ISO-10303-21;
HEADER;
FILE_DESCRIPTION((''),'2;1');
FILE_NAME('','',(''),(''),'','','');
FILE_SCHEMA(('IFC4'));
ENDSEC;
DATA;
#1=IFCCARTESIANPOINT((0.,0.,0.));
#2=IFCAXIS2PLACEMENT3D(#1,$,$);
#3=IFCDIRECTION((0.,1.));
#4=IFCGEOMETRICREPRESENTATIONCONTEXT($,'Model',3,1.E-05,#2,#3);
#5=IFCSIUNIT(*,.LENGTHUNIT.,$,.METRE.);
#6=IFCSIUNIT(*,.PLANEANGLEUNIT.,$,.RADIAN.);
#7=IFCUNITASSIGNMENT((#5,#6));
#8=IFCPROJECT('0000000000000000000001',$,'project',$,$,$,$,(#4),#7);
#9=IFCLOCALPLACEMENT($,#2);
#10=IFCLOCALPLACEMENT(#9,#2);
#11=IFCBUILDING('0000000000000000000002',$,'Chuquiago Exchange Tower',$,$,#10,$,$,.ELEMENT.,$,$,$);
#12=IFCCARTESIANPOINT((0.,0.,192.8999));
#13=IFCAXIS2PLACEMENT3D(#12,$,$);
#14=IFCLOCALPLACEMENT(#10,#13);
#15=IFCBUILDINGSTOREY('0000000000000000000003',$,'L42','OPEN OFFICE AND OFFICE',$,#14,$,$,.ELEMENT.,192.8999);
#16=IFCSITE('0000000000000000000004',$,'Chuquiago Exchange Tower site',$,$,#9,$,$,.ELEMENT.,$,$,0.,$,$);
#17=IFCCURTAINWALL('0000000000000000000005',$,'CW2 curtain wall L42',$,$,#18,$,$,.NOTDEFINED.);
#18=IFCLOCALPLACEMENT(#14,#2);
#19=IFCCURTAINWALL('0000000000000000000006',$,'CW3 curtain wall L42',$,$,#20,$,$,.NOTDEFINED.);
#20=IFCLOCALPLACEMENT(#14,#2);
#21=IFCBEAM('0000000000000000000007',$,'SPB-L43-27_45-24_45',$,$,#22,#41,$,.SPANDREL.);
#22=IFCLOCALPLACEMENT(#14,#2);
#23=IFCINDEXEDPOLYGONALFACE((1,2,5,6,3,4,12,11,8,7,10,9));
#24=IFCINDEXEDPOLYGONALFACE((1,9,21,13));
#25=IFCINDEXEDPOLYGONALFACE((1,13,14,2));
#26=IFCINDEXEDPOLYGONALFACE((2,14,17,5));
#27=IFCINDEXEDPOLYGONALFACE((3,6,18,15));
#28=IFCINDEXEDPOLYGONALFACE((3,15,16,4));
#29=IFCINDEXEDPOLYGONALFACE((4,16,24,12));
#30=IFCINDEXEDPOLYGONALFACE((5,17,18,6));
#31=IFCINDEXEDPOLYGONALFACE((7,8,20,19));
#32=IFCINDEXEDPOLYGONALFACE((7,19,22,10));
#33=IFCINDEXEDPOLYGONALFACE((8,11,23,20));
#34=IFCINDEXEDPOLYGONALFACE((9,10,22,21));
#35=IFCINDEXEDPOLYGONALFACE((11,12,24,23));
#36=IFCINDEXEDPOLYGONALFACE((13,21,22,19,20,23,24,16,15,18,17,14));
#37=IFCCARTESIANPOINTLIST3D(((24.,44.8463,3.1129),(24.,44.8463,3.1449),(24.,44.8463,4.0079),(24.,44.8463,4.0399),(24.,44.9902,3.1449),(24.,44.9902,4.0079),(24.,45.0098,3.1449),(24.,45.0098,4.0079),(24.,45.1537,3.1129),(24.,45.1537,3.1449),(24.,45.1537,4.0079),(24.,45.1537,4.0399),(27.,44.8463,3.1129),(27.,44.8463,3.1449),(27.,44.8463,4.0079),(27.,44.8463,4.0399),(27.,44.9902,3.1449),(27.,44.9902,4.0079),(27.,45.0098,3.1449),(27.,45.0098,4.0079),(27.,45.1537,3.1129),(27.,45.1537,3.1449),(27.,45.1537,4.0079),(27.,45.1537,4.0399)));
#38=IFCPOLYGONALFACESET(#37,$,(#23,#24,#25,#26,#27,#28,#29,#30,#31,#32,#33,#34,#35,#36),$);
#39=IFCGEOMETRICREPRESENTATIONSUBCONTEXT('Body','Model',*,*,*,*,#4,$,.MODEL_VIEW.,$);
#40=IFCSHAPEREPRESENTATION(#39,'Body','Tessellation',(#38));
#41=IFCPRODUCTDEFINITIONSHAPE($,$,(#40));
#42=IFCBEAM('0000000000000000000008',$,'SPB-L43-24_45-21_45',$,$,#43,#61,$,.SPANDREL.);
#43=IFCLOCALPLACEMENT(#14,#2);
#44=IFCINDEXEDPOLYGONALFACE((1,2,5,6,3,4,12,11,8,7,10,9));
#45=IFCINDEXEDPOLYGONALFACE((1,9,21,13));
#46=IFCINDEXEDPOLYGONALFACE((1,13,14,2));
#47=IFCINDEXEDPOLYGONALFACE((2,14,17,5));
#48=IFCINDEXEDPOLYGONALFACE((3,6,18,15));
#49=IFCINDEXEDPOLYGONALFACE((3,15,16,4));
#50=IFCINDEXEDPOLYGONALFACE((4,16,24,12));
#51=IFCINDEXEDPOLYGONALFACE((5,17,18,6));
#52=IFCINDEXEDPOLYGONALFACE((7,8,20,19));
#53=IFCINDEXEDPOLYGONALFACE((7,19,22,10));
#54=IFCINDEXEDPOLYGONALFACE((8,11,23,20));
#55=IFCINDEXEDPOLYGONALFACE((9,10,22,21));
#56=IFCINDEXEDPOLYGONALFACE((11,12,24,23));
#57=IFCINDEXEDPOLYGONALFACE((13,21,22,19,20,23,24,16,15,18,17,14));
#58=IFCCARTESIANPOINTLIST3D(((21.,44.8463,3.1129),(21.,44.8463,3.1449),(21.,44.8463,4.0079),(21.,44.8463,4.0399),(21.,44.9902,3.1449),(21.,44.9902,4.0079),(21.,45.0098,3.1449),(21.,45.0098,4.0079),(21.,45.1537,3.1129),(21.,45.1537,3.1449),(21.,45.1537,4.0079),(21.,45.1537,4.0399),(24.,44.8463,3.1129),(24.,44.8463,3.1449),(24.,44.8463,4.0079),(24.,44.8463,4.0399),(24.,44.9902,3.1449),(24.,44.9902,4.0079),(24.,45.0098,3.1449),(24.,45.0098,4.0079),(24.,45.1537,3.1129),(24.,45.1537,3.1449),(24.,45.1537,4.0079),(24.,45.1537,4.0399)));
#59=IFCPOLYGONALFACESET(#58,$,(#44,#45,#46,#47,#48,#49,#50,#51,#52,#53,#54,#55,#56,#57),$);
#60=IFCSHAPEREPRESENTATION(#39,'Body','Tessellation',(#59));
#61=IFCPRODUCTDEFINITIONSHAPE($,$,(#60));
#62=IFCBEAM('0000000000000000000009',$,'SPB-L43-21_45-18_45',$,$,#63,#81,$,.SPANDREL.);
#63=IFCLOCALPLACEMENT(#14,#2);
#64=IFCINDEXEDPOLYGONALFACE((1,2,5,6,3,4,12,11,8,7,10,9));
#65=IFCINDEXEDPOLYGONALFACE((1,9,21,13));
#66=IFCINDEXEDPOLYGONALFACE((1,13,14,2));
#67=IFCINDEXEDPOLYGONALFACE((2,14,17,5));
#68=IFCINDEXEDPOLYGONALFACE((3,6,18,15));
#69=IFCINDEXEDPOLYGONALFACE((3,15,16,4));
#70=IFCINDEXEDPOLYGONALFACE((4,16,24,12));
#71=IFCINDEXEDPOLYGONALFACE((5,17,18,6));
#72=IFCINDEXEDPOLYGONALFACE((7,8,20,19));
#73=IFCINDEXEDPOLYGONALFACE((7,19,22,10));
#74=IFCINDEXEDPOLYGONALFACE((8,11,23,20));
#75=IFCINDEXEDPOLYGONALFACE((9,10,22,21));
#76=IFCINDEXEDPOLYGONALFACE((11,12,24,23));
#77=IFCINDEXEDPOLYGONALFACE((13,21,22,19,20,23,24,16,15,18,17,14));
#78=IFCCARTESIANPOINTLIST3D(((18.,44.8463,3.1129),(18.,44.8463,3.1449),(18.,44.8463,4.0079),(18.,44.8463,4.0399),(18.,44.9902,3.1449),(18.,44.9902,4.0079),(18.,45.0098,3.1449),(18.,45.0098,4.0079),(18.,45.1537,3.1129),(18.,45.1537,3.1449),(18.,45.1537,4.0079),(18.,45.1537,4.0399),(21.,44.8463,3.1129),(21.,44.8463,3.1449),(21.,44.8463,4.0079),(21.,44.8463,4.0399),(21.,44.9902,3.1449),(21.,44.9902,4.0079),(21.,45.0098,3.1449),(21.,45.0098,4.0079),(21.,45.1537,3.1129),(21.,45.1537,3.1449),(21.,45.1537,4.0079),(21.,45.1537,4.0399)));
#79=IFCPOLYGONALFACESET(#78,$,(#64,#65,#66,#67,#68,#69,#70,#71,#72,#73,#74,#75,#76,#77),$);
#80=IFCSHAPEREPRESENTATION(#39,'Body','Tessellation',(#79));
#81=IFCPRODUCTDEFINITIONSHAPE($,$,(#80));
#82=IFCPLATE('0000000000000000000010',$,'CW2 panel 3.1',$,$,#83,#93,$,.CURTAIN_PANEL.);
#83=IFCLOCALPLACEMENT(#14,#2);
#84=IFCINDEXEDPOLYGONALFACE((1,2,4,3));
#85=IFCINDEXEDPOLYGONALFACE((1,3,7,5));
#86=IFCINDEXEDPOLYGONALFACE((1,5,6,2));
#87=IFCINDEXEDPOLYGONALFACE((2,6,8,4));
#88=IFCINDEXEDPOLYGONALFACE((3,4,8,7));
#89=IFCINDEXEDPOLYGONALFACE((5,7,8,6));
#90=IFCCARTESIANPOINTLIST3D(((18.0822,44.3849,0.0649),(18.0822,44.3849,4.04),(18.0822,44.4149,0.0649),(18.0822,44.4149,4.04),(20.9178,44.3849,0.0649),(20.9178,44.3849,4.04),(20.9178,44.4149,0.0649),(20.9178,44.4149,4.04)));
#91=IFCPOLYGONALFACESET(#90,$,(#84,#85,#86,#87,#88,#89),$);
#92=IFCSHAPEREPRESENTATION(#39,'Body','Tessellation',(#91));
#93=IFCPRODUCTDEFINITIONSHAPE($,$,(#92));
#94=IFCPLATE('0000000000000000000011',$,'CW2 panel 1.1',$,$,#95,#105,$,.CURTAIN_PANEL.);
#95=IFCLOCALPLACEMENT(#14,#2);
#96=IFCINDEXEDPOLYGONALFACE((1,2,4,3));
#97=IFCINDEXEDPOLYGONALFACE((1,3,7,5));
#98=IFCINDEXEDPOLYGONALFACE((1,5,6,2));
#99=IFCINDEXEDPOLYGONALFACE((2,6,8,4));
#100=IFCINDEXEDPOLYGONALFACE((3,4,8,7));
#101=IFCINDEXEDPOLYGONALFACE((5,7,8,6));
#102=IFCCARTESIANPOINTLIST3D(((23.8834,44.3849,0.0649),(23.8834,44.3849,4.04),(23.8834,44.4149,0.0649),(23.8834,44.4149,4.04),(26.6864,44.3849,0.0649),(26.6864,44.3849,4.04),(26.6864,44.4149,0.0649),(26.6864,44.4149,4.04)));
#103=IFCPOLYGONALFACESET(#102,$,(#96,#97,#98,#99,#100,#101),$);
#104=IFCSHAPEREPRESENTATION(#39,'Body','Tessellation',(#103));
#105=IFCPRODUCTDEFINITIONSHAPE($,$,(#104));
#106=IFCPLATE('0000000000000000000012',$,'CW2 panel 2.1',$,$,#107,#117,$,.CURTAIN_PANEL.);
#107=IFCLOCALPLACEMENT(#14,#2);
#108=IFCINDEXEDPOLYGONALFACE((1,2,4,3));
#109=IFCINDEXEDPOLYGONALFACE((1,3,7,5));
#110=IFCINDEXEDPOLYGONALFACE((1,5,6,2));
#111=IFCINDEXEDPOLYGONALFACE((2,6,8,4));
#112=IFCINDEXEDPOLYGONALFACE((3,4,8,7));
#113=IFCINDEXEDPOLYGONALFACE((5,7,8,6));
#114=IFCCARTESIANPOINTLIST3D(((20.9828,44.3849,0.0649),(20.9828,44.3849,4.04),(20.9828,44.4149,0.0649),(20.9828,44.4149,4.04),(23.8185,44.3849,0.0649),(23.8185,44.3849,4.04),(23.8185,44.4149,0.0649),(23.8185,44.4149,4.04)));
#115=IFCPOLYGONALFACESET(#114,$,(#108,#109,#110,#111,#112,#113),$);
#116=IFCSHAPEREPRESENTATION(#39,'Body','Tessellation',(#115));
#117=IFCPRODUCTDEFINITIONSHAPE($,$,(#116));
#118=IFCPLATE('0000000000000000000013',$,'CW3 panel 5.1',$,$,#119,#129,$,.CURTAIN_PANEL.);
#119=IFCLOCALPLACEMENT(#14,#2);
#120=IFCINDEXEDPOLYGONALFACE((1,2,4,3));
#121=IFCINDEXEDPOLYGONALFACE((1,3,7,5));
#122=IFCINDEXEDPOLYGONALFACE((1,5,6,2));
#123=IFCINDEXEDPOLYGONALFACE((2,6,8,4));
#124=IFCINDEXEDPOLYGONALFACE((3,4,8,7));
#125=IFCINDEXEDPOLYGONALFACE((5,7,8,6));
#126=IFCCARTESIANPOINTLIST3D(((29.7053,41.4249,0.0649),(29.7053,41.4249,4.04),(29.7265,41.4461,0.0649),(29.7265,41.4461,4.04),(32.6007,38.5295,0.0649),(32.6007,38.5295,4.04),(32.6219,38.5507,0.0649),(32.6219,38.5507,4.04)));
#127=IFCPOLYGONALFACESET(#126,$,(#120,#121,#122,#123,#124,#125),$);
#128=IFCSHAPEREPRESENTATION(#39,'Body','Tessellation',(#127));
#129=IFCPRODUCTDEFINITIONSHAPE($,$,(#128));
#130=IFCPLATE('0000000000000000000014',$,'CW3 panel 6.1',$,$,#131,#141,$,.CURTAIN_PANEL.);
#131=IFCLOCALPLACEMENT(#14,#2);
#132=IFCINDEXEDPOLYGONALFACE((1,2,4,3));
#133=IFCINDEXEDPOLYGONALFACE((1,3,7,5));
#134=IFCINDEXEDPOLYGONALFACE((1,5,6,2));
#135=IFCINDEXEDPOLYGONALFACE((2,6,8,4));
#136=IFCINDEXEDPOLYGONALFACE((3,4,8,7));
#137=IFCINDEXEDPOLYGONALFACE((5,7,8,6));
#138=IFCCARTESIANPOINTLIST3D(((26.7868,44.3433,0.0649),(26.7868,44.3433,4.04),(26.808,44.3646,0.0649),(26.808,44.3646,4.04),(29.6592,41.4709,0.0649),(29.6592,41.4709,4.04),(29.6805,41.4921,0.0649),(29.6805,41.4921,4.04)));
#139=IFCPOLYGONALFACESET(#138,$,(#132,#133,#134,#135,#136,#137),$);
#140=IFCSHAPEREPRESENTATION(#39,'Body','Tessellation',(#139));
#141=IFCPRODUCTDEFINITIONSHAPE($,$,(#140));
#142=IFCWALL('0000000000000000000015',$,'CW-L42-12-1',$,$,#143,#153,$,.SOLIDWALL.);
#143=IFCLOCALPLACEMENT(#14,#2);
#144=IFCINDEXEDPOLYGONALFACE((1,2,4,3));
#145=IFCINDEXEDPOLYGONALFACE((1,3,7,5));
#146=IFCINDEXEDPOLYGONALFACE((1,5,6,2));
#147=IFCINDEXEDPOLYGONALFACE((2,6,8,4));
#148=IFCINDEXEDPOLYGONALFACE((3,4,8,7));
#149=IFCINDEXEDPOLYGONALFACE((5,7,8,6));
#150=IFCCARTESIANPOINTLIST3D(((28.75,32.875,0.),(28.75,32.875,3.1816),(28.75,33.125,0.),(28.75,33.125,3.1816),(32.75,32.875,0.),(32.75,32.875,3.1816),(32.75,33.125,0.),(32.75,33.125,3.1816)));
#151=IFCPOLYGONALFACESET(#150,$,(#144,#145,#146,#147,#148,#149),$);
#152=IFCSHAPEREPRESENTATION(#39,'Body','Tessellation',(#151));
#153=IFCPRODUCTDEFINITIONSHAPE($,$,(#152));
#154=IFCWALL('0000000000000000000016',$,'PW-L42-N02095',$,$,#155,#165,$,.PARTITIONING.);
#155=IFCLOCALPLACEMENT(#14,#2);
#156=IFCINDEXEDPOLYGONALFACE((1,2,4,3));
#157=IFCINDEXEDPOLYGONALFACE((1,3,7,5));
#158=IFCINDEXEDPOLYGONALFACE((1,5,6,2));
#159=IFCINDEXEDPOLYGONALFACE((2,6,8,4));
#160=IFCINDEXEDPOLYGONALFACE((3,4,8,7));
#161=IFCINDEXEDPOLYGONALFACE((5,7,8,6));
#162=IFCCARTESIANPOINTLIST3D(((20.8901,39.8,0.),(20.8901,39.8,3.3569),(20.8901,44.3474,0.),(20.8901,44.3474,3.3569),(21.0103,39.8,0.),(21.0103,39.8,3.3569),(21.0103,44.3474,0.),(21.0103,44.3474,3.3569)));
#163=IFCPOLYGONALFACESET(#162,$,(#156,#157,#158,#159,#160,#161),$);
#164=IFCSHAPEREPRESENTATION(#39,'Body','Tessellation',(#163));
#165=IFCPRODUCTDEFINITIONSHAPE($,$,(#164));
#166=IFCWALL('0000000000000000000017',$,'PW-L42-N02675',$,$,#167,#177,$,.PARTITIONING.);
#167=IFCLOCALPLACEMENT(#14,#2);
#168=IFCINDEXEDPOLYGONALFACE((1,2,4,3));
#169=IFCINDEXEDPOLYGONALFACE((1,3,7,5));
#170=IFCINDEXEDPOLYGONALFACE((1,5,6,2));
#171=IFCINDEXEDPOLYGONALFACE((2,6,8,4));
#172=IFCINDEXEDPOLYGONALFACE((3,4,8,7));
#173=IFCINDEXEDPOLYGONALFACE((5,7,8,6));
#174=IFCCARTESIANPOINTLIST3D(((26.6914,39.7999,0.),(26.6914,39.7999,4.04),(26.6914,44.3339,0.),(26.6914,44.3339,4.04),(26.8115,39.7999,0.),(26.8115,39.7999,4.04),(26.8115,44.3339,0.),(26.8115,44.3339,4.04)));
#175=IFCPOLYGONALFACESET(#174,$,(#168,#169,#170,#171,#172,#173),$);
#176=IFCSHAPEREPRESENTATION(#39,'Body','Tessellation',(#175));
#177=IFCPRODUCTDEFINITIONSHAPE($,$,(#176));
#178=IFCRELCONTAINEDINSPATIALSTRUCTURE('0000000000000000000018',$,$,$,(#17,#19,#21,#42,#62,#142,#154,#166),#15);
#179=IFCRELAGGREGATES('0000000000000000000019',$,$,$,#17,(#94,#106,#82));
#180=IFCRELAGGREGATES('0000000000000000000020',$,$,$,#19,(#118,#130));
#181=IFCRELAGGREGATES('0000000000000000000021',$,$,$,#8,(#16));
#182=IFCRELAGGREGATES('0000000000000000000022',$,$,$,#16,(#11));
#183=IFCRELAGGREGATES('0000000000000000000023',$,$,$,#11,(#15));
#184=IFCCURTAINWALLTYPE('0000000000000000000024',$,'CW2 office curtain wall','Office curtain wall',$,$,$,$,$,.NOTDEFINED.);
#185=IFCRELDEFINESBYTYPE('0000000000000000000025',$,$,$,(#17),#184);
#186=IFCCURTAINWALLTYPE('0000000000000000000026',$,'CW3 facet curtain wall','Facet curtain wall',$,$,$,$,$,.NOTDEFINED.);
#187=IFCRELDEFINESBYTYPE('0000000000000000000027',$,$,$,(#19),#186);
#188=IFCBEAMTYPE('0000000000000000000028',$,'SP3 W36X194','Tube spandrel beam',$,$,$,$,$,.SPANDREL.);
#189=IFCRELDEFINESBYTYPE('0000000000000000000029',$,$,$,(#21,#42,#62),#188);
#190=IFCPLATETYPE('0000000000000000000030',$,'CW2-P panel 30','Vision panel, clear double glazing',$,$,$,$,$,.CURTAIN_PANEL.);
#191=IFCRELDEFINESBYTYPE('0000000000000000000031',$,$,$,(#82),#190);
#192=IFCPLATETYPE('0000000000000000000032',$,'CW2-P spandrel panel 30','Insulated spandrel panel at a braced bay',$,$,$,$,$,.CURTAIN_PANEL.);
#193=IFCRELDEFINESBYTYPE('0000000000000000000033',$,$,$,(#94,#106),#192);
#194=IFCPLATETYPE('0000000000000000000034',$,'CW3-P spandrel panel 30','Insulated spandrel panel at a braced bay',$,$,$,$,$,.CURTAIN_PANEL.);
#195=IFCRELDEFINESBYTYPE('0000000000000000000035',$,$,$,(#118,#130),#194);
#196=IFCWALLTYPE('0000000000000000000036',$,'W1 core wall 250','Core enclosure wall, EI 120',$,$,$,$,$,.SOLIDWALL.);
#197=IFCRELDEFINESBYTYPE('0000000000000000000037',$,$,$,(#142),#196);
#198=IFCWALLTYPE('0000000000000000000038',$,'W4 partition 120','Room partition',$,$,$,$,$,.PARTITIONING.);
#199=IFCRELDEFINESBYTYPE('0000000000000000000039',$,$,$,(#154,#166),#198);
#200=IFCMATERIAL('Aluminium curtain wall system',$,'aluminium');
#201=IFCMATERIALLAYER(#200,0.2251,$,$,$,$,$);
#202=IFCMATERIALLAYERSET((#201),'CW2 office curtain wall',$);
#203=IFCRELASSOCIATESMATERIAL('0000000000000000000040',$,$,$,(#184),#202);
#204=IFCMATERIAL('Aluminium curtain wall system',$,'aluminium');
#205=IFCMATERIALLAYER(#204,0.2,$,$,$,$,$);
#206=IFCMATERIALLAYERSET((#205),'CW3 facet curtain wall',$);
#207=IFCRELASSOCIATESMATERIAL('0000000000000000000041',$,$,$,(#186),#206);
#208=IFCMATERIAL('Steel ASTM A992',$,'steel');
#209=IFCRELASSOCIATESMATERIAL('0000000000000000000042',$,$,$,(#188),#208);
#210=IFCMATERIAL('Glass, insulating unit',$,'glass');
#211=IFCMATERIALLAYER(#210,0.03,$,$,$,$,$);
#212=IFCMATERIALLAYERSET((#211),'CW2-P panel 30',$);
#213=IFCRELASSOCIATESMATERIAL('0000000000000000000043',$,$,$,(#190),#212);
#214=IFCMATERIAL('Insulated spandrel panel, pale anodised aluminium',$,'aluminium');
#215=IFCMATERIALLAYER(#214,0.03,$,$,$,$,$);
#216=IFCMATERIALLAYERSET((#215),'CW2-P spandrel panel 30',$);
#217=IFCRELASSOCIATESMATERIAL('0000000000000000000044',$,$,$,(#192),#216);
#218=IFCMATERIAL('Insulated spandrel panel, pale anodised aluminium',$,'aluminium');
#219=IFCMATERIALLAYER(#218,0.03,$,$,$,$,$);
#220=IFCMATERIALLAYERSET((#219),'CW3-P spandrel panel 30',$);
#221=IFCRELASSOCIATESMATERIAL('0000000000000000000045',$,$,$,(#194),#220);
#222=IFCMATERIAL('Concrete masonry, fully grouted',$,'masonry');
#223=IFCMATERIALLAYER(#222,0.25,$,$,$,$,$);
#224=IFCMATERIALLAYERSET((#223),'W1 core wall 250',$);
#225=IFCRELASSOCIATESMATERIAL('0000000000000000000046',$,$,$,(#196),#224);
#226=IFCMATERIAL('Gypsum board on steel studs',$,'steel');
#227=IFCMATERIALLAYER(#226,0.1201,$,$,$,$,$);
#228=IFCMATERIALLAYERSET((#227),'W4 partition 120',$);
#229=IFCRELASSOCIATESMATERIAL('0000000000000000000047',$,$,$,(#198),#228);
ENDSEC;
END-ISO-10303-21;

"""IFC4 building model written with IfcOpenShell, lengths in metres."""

from ifc_helpers import new_model, si_unit, direction, frame, frame_2d, origin, origin_2d, place, context, subcontext, project, spatial, rectangle, i_section, extrude, material, layer, layer_set, material_profile, profile_set, type_object, element, aggregate, save


model = new_model("IFC4")

# Units and contexts
model_context = context("Model", 3, precision=1e-05, world=origin(), true_north=direction((0.0, 1.0)))
body_context = subcontext(model_context, "Body", "Model", "MODEL_VIEW")
ifc_project = project(units=[si_unit("LENGTHUNIT", "METRE"), si_unit("PLANEANGLEUNIT", "RADIAN")], contexts=[model_context])

# Site, building, storey
site_placement = place(None, origin())
site = spatial("IfcSite", under=ifc_project, at=site_placement, Name="Chuquiago Exchange Tower site", CompositionType="ELEMENT", RefElevation=0.0)
building_placement = place(site_placement, origin())
building = spatial("IfcBuilding", under=site, at=building_placement, Name="Chuquiago Exchange Tower", CompositionType="ELEMENT")
storey_placement = place(building_placement, frame((0.0, 0.0, 192.8999)))
storey = spatial("IfcBuildingStorey", under=building, at=storey_placement, Name="L42", Description="OPEN OFFICE AND OFFICE", CompositionType="ELEMENT", Elevation=192.8999)

# Curtain walls
ifc_material_1 = material(Name="Aluminium curtain wall system", Category="aluminium")
ifc_layer_1 = layer(ifc_material_1, 0.2251)
ifc_layer_set_1 = layer_set([ifc_layer_1], Name="CW2 office curtain wall")
curtain_wall_type_1 = type_object("IfcCurtainWallType", Name="CW2 office curtain wall", Description="Office curtain wall", PredefinedType="NOTDEFINED", material=ifc_layer_set_1)
curtain_wall_1_placement = place(storey_placement, origin())
curtain_wall_1 = element("IfcCurtainWall", 1, at=curtain_wall_1_placement, inside=storey, type_object=curtain_wall_type_1, Name="CW2 curtain wall L42", PredefinedType="NOTDEFINED")
ifc_material_2 = material(Name="Aluminium curtain wall system", Category="aluminium")
ifc_layer_2 = layer(ifc_material_2, 0.2)
ifc_layer_set_2 = layer_set([ifc_layer_2], Name="CW3 facet curtain wall")
curtain_wall_type_2 = type_object("IfcCurtainWallType", Name="CW3 facet curtain wall", Description="Facet curtain wall", PredefinedType="NOTDEFINED", material=ifc_layer_set_2)
curtain_wall_2_placement = place(storey_placement, origin())
curtain_wall_2 = element("IfcCurtainWall", 2, at=curtain_wall_2_placement, inside=storey, type_object=curtain_wall_type_2, Name="CW3 curtain wall L42", PredefinedType="NOTDEFINED")

# Beams
ifc_material_3 = material(Name="Steel ASTM A992", Category="steel")
ifc_material_profile_1 = material_profile(ifc_material_3, i_section(OverallWidth=0.3074, OverallDepth=0.927, WebThickness=0.0195, FlangeThickness=0.032, at=origin_2d()), Name="W36X194")
ifc_profile_set_1 = profile_set([ifc_material_profile_1], Name="Steel ASTM A992")
beam_type_1 = type_object("IfcBeamType", Name="SP3 W36X194", Description="Tube spandrel beam", PredefinedType="SPANDREL", material=ifc_profile_set_1)
for number, where, z_axis, x_axis, name in (
    (3, (27.0, 45.0, 3.5764), (-1.0, 0.0, 0.0), (0.0, -1.0, 0.0), "SPB-L43-27_45-24_45"),
    (4, (24.0, 45.0, 3.5764), (-1.0, 0.0, 0.0), (0.0, -1.0, 0.0), "SPB-L43-24_45-21_45"),
    (5, (21.0, 45.0, 3.5764), (-1.0, 0.0, 0.0), (0.0, -1.0, 0.0), "SPB-L43-21_45-18_45"),
):
    element("IfcBeam", number, at=place(storey_placement, frame(where, z_axis=z_axis, x_axis=x_axis)), inside=storey, type_object=beam_type_1, Name=name, PredefinedType="SPANDREL", context=body_context, shape_type="SweptSolid", body=[
        extrude(i_section(OverallWidth=0.3074, OverallDepth=0.927, WebThickness=0.0195, FlangeThickness=0.032, at=origin_2d()), origin(), (0.0, 0.0, 1.0), 3.0),
    ])

# Plates
ifc_material_4 = material(Name="Glass, insulating unit", Category="glass")
ifc_layer_3 = layer(ifc_material_4, 0.03)
ifc_layer_set_3 = layer_set([ifc_layer_3], Name="CW2-P panel 30")
plate_type_1 = type_object("IfcPlateType", Name="CW2-P panel 30", Description="Vision panel, clear double glazing", PredefinedType="CURTAIN_PANEL", material=ifc_layer_set_3)
plate_1_placement = place(storey_placement, frame((19.5, 44.3999, 0.0649), z_axis=(0.0, 0.0, 1.0), x_axis=(-1.0, 0.0, 0.0)))
plate_1 = element("IfcPlate", 6, at=plate_1_placement, type_object=plate_type_1, Name="CW2 panel 3.1", PredefinedType="CURTAIN_PANEL", context=body_context, shape_type="SweptSolid", body=[
    extrude(rectangle(XDim=2.8357, YDim=0.03, at=origin_2d()), origin(), (0.0, 0.0, 1.0), 3.9751),
])
ifc_material_5 = material(Name="Insulated spandrel panel, pale anodised aluminium", Category="aluminium")
ifc_layer_4 = layer(ifc_material_5, 0.03)
ifc_layer_set_4 = layer_set([ifc_layer_4], Name="CW2-P spandrel panel 30")
plate_type_2 = type_object("IfcPlateType", Name="CW2-P spandrel panel 30", Description="Insulated spandrel panel at a braced bay", PredefinedType="CURTAIN_PANEL", material=ifc_layer_set_4)
plate_2_placement = place(storey_placement, frame((25.2849, 44.3999, 0.0649), z_axis=(0.0, 0.0, 1.0), x_axis=(-1.0, 0.0, 0.0)))
plate_2 = element("IfcPlate", 7, at=plate_2_placement, type_object=plate_type_2, Name="CW2 panel 1.1", PredefinedType="CURTAIN_PANEL", context=body_context, shape_type="SweptSolid", body=[
    extrude(rectangle(XDim=2.803, YDim=0.03, at=origin_2d()), origin(), (0.0, 0.0, 1.0), 3.9751),
])
plate_3_placement = place(storey_placement, frame((22.4006, 44.3999, 0.0649), z_axis=(0.0, 0.0, 1.0), x_axis=(-1.0, 0.0, 0.0)))
plate_3 = element("IfcPlate", 8, at=plate_3_placement, type_object=plate_type_2, Name="CW2 panel 2.1", PredefinedType="CURTAIN_PANEL", context=body_context, shape_type="SweptSolid", body=[
    extrude(rectangle(XDim=2.8357, YDim=0.03, at=origin_2d()), origin(), (0.0, 0.0, 1.0), 3.9751),
])
aggregate(curtain_wall_1, [plate_2, plate_3, plate_1])
ifc_material_6 = material(Name="Insulated spandrel panel, pale anodised aluminium", Category="aluminium")
ifc_layer_5 = layer(ifc_material_6, 0.03)
ifc_layer_set_5 = layer_set([ifc_layer_5], Name="CW3-P spandrel panel 30")
plate_type_3 = type_object("IfcPlateType", Name="CW3-P spandrel panel 30", Description="Insulated spandrel panel at a braced bay", PredefinedType="CURTAIN_PANEL", material=ifc_layer_set_5)
plate_4_placement = place(storey_placement, frame((31.1636, 39.9878, 0.0649), z_axis=(0.0, 0.0, 1.0), x_axis=(-0.707107, 0.707107, 0.0)))
plate_4 = element("IfcPlate", 9, at=plate_4_placement, type_object=plate_type_3, Name="CW3 panel 5.1", PredefinedType="CURTAIN_PANEL", context=body_context, shape_type="SweptSolid", body=[
    extrude(rectangle(XDim=4.0947, YDim=0.03, at=origin_2d()), origin(), (0.0, 0.0, 1.0), 3.9751),
])
plate_5_placement = place(storey_placement, frame((28.2336, 42.9177, 0.0649), z_axis=(0.0, 0.0, 1.0), x_axis=(-0.707107, 0.707107, 0.0)))
plate_5 = element("IfcPlate", 10, at=plate_5_placement, type_object=plate_type_3, Name="CW3 panel 6.1", PredefinedType="CURTAIN_PANEL", context=body_context, shape_type="SweptSolid", body=[
    extrude(rectangle(XDim=4.0623, YDim=0.03, at=origin_2d()), origin(), (0.0, 0.0, 1.0), 3.9751),
])
aggregate(curtain_wall_2, [plate_4, plate_5])

# Walls
ifc_material_7 = material(Name="Concrete masonry, fully grouted", Category="masonry")
ifc_layer_6 = layer(ifc_material_7, 0.25)
ifc_layer_set_6 = layer_set([ifc_layer_6], Name="W1 core wall 250")
wall_type_1 = type_object("IfcWallType", Name="W1 core wall 250", Description="Core enclosure wall, EI 120", PredefinedType="SOLIDWALL", material=ifc_layer_set_6)
wall_1_placement = place(storey_placement, frame((28.75, 33.0, 0.0), z_axis=(0.0, 0.0, 1.0), x_axis=(1.0, 0.0, 0.0)))
element("IfcWall", 11, at=wall_1_placement, inside=storey, type_object=wall_type_1, Name="CW-L42-12-1", PredefinedType="SOLIDWALL", context=body_context, shape_type="SweptSolid", body=[
    extrude(rectangle(XDim=4.0, YDim=0.25, at=frame_2d((2.0, 0.0))), origin(), (0.0, 0.0, 1.0), 3.1816),
])
ifc_material_8 = material(Name="Gypsum board on steel studs", Category="steel")
ifc_layer_7 = layer(ifc_material_8, 0.1201)
ifc_layer_set_7 = layer_set([ifc_layer_7], Name="W4 partition 120")
wall_type_2 = type_object("IfcWallType", Name="W4 partition 120", Description="Room partition", PredefinedType="PARTITIONING", material=ifc_layer_set_7)
wall_2_placement = place(storey_placement, frame((20.9502, 44.3474, 0.0), z_axis=(0.0, 0.0, 1.0), x_axis=(0.0, -1.0, 0.0)))
element("IfcWall", 12, at=wall_2_placement, inside=storey, type_object=wall_type_2, Name="PW-L42-N02095", PredefinedType="PARTITIONING", context=body_context, shape_type="SweptSolid", body=[
    extrude(rectangle(XDim=4.5474, YDim=0.1201, at=frame_2d((2.2737, 0.0))), origin(), (0.0, 0.0, 1.0), 3.3569),
])
wall_3_placement = place(storey_placement, frame((26.7515, 44.334, 0.0), z_axis=(0.0, 0.0, 1.0), x_axis=(0.0, -1.0, 0.0)))
element("IfcWall", 13, at=wall_3_placement, inside=storey, type_object=wall_type_2, Name="PW-L42-N02675", PredefinedType="PARTITIONING", context=body_context, shape_type="SweptSolid", body=[
    extrude(rectangle(XDim=4.5339, YDim=0.1201, at=frame_2d((2.2671, 0.0))), origin(), (0.0, 0.0, 1.0), 4.04),
])

save(model, "model.ifc")
